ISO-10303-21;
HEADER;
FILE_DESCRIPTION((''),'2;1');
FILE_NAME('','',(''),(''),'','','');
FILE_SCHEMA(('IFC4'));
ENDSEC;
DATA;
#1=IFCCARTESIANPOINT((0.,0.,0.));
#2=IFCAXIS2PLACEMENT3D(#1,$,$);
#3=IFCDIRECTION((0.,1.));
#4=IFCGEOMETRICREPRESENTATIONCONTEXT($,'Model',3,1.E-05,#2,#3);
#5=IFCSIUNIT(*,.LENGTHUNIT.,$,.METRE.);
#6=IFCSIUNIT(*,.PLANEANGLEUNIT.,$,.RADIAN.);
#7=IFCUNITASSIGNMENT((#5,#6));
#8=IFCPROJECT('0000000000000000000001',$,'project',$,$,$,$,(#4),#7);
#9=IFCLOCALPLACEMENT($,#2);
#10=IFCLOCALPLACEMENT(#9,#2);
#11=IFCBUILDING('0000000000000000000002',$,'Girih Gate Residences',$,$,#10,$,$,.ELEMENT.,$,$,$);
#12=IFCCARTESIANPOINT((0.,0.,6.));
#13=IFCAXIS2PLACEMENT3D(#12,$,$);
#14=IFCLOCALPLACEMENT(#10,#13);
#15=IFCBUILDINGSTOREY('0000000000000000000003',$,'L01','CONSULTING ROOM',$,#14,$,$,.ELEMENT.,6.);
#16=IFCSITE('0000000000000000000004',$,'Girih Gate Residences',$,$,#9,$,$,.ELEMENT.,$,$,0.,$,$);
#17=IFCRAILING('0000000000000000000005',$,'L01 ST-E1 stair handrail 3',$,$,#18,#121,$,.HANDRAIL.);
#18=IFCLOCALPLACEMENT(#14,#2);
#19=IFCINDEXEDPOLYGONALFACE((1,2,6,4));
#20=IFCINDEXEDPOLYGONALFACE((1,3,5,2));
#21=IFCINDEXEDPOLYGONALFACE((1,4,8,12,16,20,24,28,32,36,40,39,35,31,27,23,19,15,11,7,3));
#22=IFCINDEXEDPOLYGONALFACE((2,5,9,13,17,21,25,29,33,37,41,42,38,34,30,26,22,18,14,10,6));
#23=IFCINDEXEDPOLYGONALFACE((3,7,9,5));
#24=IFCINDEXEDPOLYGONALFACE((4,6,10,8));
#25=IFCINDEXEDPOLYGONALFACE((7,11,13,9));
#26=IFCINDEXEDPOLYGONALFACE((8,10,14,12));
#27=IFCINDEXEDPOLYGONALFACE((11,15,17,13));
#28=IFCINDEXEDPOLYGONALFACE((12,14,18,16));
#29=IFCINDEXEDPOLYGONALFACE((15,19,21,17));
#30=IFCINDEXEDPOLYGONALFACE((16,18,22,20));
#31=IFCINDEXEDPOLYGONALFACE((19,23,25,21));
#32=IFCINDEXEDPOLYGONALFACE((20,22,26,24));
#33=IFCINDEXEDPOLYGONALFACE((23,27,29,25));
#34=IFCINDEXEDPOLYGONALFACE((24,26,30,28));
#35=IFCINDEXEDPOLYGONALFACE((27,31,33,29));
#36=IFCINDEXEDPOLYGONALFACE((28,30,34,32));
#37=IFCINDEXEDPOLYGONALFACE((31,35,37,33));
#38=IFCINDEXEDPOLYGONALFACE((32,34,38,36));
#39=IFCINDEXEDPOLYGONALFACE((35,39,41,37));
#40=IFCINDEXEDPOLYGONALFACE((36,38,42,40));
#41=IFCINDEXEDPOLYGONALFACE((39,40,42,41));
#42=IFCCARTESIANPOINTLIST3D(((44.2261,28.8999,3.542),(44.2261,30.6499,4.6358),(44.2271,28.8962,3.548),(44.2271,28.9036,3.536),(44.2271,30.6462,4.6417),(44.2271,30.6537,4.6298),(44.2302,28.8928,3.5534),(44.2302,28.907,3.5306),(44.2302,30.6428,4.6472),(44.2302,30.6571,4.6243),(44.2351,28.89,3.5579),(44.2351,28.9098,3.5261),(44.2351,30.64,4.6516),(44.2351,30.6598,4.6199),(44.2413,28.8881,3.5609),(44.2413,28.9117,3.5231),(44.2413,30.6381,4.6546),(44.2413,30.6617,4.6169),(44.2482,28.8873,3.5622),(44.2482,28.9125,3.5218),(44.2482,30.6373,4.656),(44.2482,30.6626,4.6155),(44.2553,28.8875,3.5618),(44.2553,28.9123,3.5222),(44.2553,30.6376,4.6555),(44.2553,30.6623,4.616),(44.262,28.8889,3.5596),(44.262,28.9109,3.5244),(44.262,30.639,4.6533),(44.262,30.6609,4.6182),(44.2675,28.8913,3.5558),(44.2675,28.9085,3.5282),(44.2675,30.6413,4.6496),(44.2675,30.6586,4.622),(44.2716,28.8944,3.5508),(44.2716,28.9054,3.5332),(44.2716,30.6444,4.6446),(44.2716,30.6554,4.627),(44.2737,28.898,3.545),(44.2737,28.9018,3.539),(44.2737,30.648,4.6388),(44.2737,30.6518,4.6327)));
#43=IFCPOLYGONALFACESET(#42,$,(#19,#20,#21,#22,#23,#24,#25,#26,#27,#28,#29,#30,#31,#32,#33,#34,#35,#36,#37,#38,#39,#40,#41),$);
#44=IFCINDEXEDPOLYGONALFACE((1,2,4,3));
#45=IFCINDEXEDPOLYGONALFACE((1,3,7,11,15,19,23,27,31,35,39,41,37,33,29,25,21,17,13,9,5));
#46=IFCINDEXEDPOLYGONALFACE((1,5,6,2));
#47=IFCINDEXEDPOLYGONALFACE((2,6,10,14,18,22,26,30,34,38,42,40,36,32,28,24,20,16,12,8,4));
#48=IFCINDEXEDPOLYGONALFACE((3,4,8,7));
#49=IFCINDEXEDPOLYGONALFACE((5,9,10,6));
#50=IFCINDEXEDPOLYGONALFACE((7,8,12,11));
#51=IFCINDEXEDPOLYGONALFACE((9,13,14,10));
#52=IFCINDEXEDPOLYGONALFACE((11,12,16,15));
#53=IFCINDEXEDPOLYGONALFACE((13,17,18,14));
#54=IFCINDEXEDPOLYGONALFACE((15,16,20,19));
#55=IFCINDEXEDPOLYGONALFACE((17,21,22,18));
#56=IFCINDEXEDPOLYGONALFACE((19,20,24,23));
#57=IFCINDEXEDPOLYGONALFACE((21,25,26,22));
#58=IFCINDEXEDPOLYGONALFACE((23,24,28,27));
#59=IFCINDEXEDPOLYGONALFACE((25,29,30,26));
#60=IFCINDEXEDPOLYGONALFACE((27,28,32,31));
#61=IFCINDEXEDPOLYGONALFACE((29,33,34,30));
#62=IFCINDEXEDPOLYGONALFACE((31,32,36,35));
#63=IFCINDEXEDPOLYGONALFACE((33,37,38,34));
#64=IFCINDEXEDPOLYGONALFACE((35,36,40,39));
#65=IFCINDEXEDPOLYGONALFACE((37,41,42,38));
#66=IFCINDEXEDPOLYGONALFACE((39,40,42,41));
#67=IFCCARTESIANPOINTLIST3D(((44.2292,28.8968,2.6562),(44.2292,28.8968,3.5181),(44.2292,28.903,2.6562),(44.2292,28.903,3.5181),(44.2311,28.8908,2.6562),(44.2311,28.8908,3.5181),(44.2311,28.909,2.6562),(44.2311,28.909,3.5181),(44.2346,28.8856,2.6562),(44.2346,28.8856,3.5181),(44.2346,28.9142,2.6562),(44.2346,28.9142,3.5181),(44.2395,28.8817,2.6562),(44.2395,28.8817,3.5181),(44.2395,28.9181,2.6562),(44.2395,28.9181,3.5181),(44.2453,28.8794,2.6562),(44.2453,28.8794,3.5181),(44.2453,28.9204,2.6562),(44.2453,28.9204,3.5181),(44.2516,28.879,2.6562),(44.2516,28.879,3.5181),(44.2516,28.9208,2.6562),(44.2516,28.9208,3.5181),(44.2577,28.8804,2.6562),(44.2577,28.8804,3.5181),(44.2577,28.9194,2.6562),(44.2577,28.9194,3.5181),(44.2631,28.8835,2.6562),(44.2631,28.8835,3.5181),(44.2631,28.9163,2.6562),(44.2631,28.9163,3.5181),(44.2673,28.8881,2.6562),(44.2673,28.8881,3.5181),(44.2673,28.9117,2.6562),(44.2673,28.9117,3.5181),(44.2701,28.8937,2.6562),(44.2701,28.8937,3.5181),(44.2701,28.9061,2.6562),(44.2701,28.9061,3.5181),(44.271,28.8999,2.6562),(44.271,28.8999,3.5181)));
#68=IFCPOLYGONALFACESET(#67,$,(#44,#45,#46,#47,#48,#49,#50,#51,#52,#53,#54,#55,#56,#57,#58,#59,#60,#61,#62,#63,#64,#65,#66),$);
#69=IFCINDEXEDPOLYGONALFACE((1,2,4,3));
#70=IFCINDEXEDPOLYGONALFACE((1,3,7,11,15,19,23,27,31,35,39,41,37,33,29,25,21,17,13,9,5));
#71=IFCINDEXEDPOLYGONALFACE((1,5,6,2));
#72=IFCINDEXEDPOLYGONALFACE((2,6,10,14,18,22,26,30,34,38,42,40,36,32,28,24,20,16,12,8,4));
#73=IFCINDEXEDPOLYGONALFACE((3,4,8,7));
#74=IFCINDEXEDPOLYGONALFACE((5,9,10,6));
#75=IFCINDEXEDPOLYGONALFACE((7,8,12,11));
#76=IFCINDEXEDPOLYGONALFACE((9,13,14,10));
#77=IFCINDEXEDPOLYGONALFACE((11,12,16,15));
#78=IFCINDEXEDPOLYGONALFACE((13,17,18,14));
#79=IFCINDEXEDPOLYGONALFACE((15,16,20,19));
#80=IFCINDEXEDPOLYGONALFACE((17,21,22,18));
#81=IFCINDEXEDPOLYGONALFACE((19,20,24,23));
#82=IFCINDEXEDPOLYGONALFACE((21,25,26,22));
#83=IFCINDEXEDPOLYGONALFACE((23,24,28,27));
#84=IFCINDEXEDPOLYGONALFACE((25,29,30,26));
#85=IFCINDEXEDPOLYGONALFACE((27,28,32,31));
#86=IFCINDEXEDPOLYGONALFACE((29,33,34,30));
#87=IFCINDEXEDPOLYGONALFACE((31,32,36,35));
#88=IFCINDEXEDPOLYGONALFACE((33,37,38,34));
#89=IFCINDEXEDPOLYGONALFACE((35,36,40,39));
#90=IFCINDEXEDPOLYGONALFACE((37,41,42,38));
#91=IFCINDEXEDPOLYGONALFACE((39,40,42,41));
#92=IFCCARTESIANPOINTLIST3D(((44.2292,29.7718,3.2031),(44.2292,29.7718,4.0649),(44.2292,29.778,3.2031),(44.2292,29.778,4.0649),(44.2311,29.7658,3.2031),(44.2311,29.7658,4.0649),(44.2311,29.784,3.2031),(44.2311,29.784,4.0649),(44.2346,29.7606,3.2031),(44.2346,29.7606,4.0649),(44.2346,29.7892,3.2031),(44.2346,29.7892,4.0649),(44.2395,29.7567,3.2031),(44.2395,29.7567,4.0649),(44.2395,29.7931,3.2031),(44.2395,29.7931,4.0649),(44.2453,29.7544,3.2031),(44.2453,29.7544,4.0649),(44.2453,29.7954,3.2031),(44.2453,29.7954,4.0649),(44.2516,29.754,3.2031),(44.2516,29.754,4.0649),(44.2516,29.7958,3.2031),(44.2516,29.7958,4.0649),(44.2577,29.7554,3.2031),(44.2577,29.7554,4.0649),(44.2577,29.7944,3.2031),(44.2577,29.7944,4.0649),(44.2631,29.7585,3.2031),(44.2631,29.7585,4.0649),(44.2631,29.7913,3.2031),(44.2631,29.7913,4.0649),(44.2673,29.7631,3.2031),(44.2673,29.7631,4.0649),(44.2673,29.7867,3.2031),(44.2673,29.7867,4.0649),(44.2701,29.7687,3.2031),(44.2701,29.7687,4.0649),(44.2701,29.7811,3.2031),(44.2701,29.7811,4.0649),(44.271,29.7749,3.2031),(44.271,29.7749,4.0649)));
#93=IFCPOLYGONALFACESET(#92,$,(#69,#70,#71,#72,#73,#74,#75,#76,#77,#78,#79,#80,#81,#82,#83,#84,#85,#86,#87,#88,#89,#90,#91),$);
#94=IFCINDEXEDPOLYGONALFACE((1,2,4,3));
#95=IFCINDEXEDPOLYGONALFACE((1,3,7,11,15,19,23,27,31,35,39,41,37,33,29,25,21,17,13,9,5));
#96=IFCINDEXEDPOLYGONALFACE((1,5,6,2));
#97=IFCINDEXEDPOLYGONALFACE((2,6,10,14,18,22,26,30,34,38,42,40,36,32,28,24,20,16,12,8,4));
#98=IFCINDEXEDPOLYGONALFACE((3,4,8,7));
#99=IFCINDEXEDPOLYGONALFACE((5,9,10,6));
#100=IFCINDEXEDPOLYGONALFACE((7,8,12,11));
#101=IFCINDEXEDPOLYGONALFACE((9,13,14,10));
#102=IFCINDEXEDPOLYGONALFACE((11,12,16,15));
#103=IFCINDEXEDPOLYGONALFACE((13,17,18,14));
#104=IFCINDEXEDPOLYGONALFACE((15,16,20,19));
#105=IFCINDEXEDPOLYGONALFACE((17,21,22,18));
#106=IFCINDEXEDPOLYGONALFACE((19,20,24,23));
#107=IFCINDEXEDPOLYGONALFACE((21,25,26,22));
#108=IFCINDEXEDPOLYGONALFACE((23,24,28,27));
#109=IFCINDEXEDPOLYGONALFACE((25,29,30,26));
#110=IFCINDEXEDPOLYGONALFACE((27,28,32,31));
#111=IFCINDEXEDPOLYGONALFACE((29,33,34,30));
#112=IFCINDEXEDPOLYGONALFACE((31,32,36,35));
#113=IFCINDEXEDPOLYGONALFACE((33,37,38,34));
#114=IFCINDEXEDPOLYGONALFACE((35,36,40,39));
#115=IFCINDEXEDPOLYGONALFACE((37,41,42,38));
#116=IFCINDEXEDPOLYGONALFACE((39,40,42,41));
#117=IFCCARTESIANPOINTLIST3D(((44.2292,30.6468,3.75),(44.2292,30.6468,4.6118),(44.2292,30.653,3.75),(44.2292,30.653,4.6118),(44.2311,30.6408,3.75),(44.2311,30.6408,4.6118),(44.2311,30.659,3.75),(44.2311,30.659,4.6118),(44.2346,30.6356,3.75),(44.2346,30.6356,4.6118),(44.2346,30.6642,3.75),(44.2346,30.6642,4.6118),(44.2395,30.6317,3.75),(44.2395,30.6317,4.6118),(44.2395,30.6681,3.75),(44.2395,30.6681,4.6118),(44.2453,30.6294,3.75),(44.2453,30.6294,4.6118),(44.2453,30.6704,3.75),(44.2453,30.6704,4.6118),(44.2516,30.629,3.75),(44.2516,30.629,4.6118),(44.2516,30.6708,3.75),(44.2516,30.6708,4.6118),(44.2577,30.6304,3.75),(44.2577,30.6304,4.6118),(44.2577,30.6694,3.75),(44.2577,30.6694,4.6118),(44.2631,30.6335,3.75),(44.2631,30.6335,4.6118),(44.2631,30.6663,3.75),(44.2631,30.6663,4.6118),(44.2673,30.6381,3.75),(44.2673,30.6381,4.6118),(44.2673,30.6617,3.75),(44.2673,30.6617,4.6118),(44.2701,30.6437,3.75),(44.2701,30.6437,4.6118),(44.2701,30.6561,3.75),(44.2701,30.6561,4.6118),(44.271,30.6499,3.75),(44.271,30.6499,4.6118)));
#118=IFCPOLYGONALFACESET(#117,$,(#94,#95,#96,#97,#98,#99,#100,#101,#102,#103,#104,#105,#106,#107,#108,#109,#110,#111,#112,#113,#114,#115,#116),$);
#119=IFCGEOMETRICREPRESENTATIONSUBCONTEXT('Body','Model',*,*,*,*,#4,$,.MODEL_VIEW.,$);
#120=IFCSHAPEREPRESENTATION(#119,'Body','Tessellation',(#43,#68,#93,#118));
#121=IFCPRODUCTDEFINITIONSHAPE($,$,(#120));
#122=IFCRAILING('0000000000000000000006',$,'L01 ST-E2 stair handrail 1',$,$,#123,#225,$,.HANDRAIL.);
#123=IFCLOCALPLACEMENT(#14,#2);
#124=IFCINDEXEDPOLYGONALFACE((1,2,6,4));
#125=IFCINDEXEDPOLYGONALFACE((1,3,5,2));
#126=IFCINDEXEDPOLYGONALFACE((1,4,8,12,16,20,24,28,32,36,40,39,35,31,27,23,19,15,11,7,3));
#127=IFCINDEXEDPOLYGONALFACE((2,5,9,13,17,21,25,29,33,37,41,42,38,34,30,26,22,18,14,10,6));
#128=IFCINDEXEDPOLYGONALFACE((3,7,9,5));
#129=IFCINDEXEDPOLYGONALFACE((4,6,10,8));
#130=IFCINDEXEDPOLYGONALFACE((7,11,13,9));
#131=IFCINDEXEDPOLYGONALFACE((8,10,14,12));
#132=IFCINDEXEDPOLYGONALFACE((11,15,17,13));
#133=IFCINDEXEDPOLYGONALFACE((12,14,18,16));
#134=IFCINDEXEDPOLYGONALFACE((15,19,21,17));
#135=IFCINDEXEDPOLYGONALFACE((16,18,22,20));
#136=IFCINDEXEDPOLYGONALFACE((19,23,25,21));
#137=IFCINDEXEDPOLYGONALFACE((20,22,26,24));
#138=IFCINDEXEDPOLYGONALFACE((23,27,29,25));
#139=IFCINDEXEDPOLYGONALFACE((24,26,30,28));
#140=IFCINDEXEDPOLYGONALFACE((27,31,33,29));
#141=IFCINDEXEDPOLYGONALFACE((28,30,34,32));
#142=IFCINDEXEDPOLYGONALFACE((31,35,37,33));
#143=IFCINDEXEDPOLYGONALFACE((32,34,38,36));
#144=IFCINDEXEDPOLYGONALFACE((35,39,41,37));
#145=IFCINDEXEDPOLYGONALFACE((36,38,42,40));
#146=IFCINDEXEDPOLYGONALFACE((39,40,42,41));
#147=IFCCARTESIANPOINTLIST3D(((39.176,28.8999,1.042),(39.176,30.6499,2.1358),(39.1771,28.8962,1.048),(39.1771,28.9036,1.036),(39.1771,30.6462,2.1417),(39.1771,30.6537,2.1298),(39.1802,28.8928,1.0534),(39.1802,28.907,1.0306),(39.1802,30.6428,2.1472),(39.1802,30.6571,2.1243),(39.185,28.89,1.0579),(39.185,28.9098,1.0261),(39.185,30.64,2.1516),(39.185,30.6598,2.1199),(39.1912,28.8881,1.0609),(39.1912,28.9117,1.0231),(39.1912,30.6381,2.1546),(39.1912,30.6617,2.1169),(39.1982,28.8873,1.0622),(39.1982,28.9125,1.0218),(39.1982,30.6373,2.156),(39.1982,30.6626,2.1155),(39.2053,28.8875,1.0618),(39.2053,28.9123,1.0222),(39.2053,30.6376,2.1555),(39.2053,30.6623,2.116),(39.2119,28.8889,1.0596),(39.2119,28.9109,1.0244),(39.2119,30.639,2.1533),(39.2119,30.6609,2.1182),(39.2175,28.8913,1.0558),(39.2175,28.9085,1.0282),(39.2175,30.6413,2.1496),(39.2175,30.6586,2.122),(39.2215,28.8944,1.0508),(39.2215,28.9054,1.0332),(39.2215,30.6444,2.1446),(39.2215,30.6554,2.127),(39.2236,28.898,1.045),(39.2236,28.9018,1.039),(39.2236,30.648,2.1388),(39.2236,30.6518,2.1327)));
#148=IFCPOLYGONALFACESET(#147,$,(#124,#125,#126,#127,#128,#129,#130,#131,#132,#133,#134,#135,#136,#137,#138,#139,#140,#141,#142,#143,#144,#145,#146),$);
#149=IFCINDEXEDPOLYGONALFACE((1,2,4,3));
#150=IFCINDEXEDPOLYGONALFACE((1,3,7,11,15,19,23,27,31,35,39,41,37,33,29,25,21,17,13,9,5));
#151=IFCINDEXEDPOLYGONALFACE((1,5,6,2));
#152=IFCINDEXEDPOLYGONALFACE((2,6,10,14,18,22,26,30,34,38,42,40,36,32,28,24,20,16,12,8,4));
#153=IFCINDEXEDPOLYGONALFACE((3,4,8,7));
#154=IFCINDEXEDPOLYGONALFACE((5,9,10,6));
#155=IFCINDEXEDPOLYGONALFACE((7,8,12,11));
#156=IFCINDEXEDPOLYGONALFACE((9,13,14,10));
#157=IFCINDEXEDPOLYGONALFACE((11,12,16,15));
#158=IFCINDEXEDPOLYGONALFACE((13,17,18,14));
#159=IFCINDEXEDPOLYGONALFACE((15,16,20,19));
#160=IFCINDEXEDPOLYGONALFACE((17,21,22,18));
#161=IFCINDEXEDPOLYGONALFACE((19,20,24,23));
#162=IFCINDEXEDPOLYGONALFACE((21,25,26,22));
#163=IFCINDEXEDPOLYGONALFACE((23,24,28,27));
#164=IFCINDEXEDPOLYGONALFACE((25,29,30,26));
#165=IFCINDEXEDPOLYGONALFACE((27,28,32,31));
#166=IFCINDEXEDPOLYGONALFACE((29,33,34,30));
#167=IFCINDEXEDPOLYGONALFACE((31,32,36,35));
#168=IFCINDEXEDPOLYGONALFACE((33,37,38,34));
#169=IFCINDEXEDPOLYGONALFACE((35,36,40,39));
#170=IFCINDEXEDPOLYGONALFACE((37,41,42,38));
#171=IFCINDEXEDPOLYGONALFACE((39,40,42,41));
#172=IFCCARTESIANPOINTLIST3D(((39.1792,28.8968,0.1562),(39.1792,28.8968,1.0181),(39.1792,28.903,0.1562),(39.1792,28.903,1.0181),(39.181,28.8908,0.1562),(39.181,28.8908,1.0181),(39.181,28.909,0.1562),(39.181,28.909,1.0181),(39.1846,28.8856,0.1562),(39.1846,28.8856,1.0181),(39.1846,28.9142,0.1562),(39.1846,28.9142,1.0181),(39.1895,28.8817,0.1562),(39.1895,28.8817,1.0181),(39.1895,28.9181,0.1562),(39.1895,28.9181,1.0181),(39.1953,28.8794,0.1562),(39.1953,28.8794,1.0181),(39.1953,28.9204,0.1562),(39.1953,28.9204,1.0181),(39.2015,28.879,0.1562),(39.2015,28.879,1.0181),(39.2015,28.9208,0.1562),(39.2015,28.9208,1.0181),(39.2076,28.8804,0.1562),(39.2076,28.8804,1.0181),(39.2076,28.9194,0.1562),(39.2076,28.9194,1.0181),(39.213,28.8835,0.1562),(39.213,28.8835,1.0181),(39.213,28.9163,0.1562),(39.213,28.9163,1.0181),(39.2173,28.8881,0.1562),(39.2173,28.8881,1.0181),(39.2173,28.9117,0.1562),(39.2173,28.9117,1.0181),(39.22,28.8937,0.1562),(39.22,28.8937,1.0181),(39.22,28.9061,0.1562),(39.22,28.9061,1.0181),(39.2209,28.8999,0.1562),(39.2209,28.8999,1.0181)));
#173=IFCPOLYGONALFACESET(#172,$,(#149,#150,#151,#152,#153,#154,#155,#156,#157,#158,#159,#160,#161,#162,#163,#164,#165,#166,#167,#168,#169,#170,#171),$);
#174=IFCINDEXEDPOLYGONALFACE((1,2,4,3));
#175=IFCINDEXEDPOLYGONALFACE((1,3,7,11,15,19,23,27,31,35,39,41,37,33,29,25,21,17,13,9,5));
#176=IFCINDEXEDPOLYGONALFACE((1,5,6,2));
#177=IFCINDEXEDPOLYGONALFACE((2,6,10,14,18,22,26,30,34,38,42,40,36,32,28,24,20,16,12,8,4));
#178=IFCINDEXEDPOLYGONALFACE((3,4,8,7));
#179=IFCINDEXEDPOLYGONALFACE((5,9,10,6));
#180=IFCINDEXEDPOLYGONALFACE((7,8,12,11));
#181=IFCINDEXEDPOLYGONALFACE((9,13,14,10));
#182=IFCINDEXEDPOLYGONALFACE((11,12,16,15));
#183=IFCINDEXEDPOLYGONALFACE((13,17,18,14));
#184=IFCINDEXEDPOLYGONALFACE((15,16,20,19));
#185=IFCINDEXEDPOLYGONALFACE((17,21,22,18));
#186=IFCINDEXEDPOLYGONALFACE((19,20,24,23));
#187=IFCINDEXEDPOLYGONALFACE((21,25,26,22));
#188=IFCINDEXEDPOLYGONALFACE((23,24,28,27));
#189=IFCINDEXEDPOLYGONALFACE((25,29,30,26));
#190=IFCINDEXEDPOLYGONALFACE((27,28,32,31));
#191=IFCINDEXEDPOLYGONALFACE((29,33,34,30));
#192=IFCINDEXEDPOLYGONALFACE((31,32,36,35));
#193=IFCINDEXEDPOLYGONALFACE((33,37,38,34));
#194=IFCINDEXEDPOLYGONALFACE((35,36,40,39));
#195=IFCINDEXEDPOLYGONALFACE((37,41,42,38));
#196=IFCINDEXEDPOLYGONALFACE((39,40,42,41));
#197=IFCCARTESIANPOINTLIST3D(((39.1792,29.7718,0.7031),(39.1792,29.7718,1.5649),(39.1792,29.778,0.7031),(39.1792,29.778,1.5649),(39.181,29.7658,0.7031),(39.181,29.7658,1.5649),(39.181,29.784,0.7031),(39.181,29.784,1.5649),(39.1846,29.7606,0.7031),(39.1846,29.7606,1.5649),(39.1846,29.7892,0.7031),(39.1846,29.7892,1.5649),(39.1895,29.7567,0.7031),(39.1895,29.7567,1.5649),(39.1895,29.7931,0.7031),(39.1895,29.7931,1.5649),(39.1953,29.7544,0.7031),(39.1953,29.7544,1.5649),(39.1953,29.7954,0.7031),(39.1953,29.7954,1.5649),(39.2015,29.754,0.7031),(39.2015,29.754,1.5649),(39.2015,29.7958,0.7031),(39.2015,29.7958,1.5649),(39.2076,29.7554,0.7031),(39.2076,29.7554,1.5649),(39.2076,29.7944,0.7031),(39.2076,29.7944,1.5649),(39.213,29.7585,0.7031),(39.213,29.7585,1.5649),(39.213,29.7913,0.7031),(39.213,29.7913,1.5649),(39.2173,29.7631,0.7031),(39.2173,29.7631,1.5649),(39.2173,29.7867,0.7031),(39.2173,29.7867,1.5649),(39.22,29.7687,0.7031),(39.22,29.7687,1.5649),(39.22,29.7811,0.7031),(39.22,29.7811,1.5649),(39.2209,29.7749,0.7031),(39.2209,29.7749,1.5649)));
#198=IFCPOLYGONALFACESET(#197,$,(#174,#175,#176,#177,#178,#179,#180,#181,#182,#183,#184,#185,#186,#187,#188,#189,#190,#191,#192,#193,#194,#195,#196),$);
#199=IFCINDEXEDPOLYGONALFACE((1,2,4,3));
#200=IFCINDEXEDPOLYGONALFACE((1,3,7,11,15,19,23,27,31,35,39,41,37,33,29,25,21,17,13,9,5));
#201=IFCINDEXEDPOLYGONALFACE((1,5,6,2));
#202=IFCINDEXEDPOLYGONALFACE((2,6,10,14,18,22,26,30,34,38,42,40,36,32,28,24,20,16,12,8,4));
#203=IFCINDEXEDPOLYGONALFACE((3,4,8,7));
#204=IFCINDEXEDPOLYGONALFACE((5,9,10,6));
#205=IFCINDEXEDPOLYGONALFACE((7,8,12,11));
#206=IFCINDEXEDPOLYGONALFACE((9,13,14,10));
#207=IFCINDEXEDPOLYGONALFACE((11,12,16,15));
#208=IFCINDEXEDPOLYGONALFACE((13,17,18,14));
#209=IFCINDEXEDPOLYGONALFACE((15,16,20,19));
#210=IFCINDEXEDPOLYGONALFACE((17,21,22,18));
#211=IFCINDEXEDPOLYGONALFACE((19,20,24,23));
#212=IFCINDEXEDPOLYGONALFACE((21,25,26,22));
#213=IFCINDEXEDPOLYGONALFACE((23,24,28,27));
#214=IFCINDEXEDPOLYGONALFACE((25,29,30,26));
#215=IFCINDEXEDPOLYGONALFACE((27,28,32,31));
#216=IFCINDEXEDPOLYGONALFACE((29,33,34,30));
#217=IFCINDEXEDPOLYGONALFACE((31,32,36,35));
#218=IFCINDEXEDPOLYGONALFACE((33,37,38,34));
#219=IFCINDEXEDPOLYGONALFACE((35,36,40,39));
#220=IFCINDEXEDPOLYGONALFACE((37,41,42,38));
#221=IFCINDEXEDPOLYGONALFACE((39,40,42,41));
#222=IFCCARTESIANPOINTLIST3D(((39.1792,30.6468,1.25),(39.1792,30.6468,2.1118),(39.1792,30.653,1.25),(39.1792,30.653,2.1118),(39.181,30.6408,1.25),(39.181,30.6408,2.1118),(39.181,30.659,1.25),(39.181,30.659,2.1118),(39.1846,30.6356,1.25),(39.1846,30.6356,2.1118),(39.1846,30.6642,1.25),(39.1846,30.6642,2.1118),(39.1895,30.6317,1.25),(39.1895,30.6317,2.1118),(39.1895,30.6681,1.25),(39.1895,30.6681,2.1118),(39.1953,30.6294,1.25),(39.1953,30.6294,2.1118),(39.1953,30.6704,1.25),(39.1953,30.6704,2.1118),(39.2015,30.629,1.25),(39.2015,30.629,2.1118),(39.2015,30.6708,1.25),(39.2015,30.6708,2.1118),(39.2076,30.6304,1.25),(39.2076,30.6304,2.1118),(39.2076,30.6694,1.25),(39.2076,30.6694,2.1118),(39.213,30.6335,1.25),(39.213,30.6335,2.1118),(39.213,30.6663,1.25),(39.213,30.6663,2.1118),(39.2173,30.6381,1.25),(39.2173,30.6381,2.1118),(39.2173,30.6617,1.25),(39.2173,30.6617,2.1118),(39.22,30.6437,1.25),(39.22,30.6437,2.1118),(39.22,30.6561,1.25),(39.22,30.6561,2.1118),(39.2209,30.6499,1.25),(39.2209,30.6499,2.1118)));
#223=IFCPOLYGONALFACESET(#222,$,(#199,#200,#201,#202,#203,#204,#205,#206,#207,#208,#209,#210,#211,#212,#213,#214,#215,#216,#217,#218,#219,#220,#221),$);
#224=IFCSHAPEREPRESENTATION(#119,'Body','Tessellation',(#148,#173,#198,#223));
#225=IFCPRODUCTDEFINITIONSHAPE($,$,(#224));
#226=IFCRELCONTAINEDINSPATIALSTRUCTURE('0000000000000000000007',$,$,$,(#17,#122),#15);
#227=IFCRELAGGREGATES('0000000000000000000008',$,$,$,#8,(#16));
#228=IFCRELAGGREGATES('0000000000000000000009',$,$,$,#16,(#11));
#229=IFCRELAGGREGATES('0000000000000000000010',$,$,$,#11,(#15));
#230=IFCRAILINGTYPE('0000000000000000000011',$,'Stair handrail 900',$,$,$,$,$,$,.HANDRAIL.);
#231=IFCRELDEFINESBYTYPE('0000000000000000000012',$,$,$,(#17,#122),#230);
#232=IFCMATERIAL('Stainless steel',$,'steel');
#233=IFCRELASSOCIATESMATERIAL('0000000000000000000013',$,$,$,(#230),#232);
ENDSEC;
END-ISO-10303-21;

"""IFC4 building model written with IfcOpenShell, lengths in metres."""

from ifc_helpers import new_model, si_unit, direction, frame, origin, origin_2d, place, context, subcontext, project, spatial, circle, extrude, material, type_object, element, save


model = new_model("IFC4")

# Units and contexts
model_context = context("Model", 3, precision=1e-05, world=origin(), true_north=direction((0.0, 1.0)))
body_context = subcontext(model_context, "Body", "Model", "MODEL_VIEW")
ifc_project = project(units=[si_unit("LENGTHUNIT", "METRE"), si_unit("PLANEANGLEUNIT", "RADIAN")], contexts=[model_context])

# Site, building, storey
site_placement = place(None, origin())
site = spatial("IfcSite", under=ifc_project, at=site_placement, Name="Girih Gate Residences", CompositionType="ELEMENT", RefElevation=0.0)
building_placement = place(site_placement, origin())
building = spatial("IfcBuilding", under=site, at=building_placement, Name="Girih Gate Residences", CompositionType="ELEMENT")
storey_placement = place(building_placement, frame((0.0, 0.0, 6.0)))
storey = spatial("IfcBuildingStorey", under=building, at=storey_placement, Name="L01", Description="CONSULTING ROOM", CompositionType="ELEMENT", Elevation=6.0)

# Railings
ifc_material_1 = material(Name="Stainless steel", Category="steel")
railing_type_1 = type_object("IfcRailingType", Name="Stair handrail 900", PredefinedType="HANDRAIL", material=ifc_material_1)
for number, where, name in (
    (1, (44.25, 28.8999, 2.6562), "L01 ST-E1 stair handrail 3"),
    (2, (39.2, 28.8999, 0.1562), "L01 ST-E2 stair handrail 1"),
):
    element("IfcRailing", number, at=place(storey_placement, frame(where)), inside=storey, type_object=railing_type_1, Name=name, PredefinedType="HANDRAIL", context=body_context, shape_type="SweptSolid", body=[
        extrude(circle(Radius=0.0239, at=origin_2d()), frame((0.0, 0.0, 0.8857), z_axis=(0.0, 0.847998, 0.529999), x_axis=(-1.0, 0.0, 0.0)), (0.0, 0.0, 1.0), 2.0637),
        extrude(circle(Radius=0.021, at=origin_2d()), origin(), (0.0, 0.0, 1.0), 0.8618),
        extrude(circle(Radius=0.021, at=origin_2d()), frame((0.0, 0.875, 0.5469)), (0.0, 0.0, 1.0), 0.8618),
        extrude(circle(Radius=0.021, at=origin_2d()), frame((0.0, 1.75, 1.0938)), (0.0, 0.0, 1.0), 0.8618),
    ])

save(model, "model.ifc")
